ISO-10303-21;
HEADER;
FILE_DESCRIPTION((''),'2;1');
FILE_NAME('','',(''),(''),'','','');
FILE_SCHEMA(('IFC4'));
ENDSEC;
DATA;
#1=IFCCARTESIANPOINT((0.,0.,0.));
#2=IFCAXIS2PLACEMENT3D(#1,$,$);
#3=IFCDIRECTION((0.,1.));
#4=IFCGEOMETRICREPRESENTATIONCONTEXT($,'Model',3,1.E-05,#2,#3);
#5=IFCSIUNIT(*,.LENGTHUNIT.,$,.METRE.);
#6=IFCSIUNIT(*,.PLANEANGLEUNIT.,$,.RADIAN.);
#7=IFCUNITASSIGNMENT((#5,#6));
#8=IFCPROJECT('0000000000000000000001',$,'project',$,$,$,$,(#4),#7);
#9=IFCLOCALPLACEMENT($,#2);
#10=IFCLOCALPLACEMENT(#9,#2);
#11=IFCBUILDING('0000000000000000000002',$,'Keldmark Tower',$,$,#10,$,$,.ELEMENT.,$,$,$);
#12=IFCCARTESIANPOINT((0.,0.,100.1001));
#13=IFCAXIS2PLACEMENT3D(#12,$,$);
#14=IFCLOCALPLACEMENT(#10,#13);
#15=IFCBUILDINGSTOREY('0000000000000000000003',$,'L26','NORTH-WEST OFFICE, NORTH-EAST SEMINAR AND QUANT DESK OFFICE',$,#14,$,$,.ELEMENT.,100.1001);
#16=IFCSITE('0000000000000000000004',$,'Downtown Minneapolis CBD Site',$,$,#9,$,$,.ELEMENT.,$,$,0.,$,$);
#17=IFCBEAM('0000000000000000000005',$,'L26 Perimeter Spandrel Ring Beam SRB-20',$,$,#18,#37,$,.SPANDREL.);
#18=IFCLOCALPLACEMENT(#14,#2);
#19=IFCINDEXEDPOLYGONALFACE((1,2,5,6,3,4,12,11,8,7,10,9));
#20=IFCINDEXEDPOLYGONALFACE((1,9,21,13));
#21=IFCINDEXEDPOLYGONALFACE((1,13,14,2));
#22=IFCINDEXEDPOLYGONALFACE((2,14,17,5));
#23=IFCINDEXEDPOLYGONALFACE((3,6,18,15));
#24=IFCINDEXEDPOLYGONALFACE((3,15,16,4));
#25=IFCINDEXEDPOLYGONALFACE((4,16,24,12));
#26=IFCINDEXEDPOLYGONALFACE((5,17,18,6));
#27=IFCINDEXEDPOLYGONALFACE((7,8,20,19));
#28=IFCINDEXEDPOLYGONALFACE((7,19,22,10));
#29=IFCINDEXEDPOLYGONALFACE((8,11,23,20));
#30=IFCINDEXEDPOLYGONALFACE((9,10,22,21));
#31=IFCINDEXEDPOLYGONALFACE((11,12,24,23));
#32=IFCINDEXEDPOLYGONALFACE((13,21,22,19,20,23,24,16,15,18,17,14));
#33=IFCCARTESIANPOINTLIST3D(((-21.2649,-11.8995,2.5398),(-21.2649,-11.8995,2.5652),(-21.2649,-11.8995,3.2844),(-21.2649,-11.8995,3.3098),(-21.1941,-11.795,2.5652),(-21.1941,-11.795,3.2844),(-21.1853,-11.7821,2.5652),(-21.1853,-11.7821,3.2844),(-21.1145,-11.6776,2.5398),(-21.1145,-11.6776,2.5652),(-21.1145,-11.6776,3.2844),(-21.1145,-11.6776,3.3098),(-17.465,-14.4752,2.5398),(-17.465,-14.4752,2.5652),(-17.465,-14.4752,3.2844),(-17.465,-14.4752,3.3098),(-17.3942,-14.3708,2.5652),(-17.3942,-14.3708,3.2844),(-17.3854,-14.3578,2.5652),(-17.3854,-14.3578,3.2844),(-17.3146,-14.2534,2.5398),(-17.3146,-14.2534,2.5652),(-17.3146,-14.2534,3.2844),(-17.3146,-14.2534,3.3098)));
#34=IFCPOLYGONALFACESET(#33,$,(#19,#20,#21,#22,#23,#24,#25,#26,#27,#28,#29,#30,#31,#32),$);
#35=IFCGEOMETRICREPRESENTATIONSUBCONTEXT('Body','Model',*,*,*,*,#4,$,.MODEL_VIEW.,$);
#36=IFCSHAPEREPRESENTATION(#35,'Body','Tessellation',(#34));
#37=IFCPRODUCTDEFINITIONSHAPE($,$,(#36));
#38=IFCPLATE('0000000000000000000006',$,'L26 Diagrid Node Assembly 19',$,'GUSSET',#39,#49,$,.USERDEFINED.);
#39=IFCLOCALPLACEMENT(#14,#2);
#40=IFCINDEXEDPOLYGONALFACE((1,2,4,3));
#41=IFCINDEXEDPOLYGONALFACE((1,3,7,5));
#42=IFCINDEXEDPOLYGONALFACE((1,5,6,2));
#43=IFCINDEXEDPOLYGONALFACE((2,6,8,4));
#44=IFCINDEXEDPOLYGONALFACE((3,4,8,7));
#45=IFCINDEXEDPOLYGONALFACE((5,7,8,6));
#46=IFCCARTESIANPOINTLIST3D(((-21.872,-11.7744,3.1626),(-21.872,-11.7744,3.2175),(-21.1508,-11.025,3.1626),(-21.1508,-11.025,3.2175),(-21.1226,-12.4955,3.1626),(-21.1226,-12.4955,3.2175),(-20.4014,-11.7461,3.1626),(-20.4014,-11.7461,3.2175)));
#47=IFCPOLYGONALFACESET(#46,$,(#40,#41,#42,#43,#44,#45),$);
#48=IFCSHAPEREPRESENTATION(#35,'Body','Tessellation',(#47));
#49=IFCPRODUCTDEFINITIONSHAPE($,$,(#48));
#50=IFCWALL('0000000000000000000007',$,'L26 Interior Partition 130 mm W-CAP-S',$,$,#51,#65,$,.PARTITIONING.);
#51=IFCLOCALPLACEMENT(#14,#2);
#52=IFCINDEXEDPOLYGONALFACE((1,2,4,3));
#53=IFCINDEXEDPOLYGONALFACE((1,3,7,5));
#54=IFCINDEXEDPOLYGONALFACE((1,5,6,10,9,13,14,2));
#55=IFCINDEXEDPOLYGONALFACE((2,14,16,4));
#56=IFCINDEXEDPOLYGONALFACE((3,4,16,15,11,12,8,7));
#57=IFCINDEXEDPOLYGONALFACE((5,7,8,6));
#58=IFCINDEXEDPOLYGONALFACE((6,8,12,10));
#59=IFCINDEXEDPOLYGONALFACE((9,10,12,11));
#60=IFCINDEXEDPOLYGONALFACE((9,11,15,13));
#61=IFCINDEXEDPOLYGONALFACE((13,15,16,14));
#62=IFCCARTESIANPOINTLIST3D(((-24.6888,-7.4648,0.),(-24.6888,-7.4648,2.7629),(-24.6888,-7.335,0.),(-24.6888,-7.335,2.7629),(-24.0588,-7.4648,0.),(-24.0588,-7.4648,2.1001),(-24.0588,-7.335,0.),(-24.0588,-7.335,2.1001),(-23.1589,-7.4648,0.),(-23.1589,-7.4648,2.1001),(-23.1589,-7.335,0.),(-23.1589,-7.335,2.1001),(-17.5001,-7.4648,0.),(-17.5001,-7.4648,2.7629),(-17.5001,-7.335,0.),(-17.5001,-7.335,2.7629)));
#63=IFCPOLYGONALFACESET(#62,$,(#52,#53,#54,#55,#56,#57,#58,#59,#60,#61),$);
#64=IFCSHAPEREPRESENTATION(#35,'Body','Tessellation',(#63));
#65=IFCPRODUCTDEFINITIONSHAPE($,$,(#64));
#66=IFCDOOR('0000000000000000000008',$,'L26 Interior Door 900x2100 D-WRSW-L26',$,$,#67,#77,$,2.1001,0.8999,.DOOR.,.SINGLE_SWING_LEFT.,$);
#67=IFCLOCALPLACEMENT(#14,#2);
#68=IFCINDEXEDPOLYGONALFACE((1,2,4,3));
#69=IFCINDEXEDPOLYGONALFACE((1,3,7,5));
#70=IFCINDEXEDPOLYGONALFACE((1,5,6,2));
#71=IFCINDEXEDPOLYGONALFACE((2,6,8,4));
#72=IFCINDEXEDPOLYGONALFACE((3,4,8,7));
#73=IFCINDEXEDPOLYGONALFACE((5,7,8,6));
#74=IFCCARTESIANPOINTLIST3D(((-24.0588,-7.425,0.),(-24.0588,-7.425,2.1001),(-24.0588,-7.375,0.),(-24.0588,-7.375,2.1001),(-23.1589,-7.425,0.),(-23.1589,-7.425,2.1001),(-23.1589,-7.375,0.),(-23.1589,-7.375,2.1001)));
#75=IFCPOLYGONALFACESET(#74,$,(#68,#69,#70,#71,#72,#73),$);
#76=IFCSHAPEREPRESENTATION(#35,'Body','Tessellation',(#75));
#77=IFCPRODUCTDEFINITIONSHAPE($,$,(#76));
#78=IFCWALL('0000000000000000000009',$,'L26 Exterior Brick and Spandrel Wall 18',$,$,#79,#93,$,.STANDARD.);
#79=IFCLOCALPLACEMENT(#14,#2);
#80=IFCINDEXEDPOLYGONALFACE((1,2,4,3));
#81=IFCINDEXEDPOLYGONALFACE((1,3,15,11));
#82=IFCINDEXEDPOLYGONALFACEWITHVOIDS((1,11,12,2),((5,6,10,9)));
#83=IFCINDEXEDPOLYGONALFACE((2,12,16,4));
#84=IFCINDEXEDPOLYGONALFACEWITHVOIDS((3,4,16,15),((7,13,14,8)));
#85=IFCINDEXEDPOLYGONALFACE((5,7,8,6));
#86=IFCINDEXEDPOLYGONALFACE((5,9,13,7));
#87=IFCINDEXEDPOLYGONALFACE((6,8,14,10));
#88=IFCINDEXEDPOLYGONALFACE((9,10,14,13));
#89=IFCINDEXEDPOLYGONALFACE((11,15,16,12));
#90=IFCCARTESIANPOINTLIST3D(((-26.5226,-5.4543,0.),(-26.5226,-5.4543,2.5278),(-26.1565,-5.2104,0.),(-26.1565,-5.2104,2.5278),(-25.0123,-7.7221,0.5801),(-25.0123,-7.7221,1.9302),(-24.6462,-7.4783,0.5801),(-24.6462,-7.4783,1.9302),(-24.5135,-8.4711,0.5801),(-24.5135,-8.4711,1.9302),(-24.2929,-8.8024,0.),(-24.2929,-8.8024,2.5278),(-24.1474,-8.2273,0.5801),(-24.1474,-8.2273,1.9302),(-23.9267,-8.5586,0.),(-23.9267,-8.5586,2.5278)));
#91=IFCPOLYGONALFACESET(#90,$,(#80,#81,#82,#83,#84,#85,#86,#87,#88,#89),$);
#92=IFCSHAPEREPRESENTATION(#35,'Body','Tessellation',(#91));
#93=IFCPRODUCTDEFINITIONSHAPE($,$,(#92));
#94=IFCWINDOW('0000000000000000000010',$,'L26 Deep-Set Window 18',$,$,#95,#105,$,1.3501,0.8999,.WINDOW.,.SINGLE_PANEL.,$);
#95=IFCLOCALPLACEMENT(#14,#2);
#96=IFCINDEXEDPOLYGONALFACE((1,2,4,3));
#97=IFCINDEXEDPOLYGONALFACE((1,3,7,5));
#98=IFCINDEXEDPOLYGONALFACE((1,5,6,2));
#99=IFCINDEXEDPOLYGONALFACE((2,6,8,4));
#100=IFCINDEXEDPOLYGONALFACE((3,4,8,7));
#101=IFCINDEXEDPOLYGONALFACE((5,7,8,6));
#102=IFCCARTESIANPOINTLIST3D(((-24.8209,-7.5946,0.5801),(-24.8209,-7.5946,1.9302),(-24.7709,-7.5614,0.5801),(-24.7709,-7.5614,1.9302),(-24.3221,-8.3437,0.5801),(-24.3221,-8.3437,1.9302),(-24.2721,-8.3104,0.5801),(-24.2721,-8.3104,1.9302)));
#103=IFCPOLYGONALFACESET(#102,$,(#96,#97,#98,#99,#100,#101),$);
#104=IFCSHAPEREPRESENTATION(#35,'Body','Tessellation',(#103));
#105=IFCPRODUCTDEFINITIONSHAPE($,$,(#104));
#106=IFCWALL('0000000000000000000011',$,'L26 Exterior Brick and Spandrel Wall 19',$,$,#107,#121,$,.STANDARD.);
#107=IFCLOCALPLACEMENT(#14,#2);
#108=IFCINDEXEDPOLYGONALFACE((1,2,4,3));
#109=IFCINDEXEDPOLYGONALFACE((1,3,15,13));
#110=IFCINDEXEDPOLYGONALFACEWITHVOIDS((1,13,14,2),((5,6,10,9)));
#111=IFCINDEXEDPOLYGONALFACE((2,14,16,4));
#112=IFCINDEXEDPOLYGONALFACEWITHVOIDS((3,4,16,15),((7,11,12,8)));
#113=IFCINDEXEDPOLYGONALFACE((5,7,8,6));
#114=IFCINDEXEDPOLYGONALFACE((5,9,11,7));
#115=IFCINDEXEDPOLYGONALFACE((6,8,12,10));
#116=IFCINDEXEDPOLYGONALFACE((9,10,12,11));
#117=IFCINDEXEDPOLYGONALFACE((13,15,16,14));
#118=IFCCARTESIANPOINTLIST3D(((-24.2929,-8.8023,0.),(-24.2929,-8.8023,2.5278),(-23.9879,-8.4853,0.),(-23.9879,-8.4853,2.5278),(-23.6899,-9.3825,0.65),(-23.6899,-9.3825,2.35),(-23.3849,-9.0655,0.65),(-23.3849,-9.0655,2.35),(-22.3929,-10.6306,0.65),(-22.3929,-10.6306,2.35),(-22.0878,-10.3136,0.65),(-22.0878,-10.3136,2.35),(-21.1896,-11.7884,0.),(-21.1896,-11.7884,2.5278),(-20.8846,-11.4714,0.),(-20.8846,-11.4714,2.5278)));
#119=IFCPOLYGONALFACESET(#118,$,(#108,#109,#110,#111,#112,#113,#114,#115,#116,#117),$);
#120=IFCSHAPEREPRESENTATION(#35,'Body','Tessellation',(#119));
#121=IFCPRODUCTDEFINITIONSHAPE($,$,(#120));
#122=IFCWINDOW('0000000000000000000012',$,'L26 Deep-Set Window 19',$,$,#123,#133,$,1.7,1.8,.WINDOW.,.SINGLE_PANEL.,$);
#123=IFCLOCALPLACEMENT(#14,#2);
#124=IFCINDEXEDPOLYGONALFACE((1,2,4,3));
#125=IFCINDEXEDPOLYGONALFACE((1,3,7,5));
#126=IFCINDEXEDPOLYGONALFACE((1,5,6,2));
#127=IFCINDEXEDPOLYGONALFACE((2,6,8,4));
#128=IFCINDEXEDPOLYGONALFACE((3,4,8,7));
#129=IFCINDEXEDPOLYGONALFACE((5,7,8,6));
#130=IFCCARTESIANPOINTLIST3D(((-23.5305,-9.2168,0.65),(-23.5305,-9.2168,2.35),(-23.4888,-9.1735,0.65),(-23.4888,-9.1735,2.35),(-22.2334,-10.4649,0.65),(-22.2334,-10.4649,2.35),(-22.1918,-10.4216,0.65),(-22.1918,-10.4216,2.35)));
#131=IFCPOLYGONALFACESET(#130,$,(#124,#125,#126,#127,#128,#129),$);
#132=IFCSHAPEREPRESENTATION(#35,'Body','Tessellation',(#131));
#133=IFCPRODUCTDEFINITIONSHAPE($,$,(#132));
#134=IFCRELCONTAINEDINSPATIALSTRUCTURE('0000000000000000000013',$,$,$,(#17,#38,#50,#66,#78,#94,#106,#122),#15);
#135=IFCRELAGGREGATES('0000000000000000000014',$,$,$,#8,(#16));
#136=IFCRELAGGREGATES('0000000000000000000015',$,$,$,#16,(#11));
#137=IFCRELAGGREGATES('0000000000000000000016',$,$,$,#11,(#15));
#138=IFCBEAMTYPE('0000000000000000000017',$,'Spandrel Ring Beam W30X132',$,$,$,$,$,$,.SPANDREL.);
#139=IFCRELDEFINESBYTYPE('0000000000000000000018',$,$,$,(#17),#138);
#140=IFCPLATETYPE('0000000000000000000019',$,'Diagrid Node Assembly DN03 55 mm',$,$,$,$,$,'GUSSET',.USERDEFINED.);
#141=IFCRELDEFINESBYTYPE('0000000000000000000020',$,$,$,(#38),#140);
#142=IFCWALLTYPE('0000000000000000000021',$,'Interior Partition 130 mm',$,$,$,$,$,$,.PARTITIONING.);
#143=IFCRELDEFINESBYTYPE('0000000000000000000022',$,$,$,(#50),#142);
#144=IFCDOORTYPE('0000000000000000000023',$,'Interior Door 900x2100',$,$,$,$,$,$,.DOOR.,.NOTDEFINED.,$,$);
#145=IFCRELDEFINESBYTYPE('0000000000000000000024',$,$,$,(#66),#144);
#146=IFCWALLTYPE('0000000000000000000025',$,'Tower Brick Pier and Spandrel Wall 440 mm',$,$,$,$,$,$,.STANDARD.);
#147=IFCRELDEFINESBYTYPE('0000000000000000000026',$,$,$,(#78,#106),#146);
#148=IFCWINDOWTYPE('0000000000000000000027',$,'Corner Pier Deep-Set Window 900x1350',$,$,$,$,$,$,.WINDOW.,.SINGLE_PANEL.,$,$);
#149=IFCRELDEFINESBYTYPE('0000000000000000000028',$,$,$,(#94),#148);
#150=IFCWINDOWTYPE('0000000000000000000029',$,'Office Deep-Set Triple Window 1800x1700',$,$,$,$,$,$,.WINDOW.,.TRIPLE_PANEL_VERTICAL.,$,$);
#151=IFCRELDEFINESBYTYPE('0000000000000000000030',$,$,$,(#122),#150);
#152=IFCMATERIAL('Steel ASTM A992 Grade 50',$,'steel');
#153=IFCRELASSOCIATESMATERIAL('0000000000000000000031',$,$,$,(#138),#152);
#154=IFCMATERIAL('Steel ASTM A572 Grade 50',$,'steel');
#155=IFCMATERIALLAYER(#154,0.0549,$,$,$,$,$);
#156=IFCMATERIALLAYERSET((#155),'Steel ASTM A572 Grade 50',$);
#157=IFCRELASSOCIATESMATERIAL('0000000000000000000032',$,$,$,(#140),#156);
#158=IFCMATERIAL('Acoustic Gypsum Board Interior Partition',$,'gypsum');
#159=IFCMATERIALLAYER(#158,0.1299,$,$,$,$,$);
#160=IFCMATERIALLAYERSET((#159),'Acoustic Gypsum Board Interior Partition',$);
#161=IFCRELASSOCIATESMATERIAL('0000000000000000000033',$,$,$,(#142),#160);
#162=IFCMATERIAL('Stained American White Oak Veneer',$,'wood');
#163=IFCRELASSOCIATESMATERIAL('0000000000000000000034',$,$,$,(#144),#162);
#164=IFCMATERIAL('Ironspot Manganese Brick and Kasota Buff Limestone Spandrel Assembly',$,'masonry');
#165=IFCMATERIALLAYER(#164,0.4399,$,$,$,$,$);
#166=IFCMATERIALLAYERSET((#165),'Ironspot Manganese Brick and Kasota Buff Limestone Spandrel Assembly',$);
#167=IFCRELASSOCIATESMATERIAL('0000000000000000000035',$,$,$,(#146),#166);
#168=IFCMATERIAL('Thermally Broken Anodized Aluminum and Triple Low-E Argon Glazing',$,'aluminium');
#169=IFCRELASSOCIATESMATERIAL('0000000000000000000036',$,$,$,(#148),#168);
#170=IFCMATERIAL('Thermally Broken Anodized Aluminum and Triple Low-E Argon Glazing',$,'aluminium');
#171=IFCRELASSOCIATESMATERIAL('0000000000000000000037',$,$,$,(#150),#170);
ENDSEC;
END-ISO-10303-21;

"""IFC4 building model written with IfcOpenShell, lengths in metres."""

from ifc_helpers import new_model, si_unit, direction, frame, frame_2d, origin, origin_2d, place, context, subcontext, project, spatial, rectangle, i_section, extrude, material, layer, layer_set, material_profile, profile_set, type_object, element, fill, save


model = new_model("IFC4")

# Units and contexts
model_context = context("Model", 3, precision=1e-05, world=origin(), true_north=direction((0.0, 1.0)))
body_context = subcontext(model_context, "Body", "Model", "MODEL_VIEW")
ifc_project = project(units=[si_unit("LENGTHUNIT", "METRE"), si_unit("PLANEANGLEUNIT", "RADIAN")], contexts=[model_context])

# Site, building, storey
site_placement = place(None, origin())
site = spatial("IfcSite", under=ifc_project, at=site_placement, Name="Downtown Minneapolis CBD Site", CompositionType="ELEMENT", RefElevation=0.0)
building_placement = place(site_placement, origin())
building = spatial("IfcBuilding", under=site, at=building_placement, Name="Keldmark Tower", CompositionType="ELEMENT")
storey_placement = place(building_placement, frame((0.0, 0.0, 100.1001)))
storey = spatial("IfcBuildingStorey", under=building, at=storey_placement, Name="L26", Description="NORTH-WEST OFFICE, NORTH-EAST SEMINAR AND QUANT DESK OFFICE", CompositionType="ELEMENT", Elevation=100.1001)

# Beam
ifc_material_1 = material(Name="Steel ASTM A992 Grade 50", Category="steel")
ifc_material_profile_1 = material_profile(ifc_material_1, i_section(OverallWidth=0.2681, OverallDepth=0.77, WebThickness=0.0156, FlangeThickness=0.0254, at=origin_2d()), Name="W30X132")
ifc_profile_set_1 = profile_set([ifc_material_profile_1], Name="Steel ASTM A992 Grade 50")
beam_type_1 = type_object("IfcBeamType", Name="Spandrel Ring Beam W30X132", PredefinedType="SPANDREL", material=ifc_profile_set_1)
beam_1_placement = place(storey_placement, frame((-21.1897, -11.7886, 2.9248), z_axis=(0.827755, -0.56109, 0.0), x_axis=(0.56109, 0.827755, 0.0)))
element("IfcBeam", 1, at=beam_1_placement, inside=storey, type_object=beam_type_1, Name="L26 Perimeter Spandrel Ring Beam SRB-20", PredefinedType="SPANDREL", context=body_context, shape_type="SweptSolid", body=[
    extrude(i_section(OverallWidth=0.2681, OverallDepth=0.77, WebThickness=0.0156, FlangeThickness=0.0254, at=origin_2d()), origin(), (0.0, 0.0, 1.0), 4.5906),
])

# Plate
ifc_material_2 = material(Name="Steel ASTM A572 Grade 50", Category="steel")
ifc_layer_1 = layer(ifc_material_2, 0.0549)
ifc_layer_set_1 = layer_set([ifc_layer_1], Name="Steel ASTM A572 Grade 50")
plate_type = type_object("IfcPlateType", Name="Diagrid Node Assembly DN03 55 mm", ElementType="GUSSET", PredefinedType="USERDEFINED", material=ifc_layer_set_1)
plate_placement = place(storey_placement, frame((-21.1367, -11.7603, 3.1626), z_axis=(0.0, 0.0, 1.0), x_axis=(0.720551, -0.693402, 0.0)))
element("IfcPlate", 2, at=plate_placement, inside=storey, type_object=plate_type, Name="L26 Diagrid Node Assembly 19", ObjectType="GUSSET", PredefinedType="USERDEFINED", context=body_context, shape_type="SweptSolid", body=[
    extrude(rectangle(XDim=1.04, YDim=1.04, at=origin_2d()), origin(), (0.0, 0.0, 1.0), 0.0549),
])

# Wall, opening, door
ifc_material_3 = material(Name="Acoustic Gypsum Board Interior Partition", Category="gypsum")
ifc_layer_2 = layer(ifc_material_3, 0.1299)
ifc_layer_set_2 = layer_set([ifc_layer_2], Name="Acoustic Gypsum Board Interior Partition")
wall_type_1 = type_object("IfcWallType", Name="Interior Partition 130 mm", PredefinedType="PARTITIONING", material=ifc_layer_set_2)
wall_1_placement = place(storey_placement, frame((-24.6887, -7.3999, 0.0), z_axis=(0.0, 0.0, 1.0), x_axis=(1.0, 0.0, 0.0)))
wall_1 = element("IfcWall", 3, at=wall_1_placement, inside=storey, type_object=wall_type_1, Name="L26 Interior Partition 130 mm W-CAP-S", PredefinedType="PARTITIONING", context=body_context, shape_type="SweptSolid", body=[
    extrude(rectangle(XDim=7.1887, YDim=0.1299, at=frame_2d((3.5942, 0.0))), origin(), (0.0, 0.0, 1.0), 2.7629),
])
opening_1_placement = place(wall_1_placement, frame((0.6299, 0.0, 0.0)))
opening_1 = element("IfcOpeningElement", 4, at=opening_1_placement, cuts=wall_1, PredefinedType="OPENING", context=body_context, shape_type="SweptSolid", body=[
    extrude(rectangle(XDim=0.8999, YDim=2.1001, at=frame_2d((0.45, 1.05))), frame((0.0, 0.075, 0.0), z_axis=(0.0, -1.0, 0.0), x_axis=(1.0, 0.0, 0.0)), (0.0, 0.0, 1.0), 0.1499),
])
ifc_material_4 = material(Name="Stained American White Oak Veneer", Category="wood")
door_type = type_object("IfcDoorType", Name="Interior Door 900x2100", OperationType="NOTDEFINED", PredefinedType="DOOR", material=ifc_material_4)
door_placement = place(opening_1_placement, origin())
door = element("IfcDoor", 5, at=door_placement, inside=storey, type_object=door_type, Name="L26 Interior Door 900x2100 D-WRSW-L26", OperationType="SINGLE_SWING_LEFT", OverallHeight=2.1001, OverallWidth=0.8999, PredefinedType="DOOR", context=body_context, shape_type="SweptSolid", body=[
    extrude(rectangle(XDim=0.8999, YDim=2.1001, at=frame_2d((0.45, 1.05))), frame((0.0, 0.0249, 0.0), z_axis=(0.0, -1.0, 0.0), x_axis=(1.0, 0.0, 0.0)), (0.0, 0.0, 1.0), 0.05),
])
fill(opening_1, door)

# Walls, openings, windows
ifc_material_5 = material(Name="Ironspot Manganese Brick and Kasota Buff Limestone Spandrel Assembly", Category="masonry")
ifc_layer_3 = layer(ifc_material_5, 0.4399)
ifc_layer_set_3 = layer_set([ifc_layer_3], Name="Ironspot Manganese Brick and Kasota Buff Limestone Spandrel Assembly")
wall_type_2 = type_object("IfcWallType", Name="Tower Brick Pier and Spandrel Wall 440 mm", PredefinedType="STANDARD", material=ifc_layer_set_3)
wall_2_placement = place(storey_placement, frame((-24.1099, -8.6804, 0.0), z_axis=(0.0, 0.0, 1.0), x_axis=(-0.554294, 0.832321, 0.0)))
wall_2 = element("IfcWall", 6, at=wall_2_placement, inside=storey, type_object=wall_type_2, Name="L26 Exterior Brick and Spandrel Wall 18", PredefinedType="STANDARD", context=body_context, shape_type="SweptSolid", body=[
    extrude(rectangle(XDim=4.0227, YDim=0.4399, at=frame_2d((2.0112, 0.0))), origin(), (0.0, 0.0, 1.0), 2.5278),
])
opening_2_placement = place(wall_2_placement, frame((0.3979, 0.0, 0.5801)))
opening_2 = element("IfcOpeningElement", 7, at=opening_2_placement, cuts=wall_2, PredefinedType="OPENING", context=body_context, shape_type="SweptSolid", body=[
    extrude(rectangle(XDim=0.8999, YDim=1.3501, at=frame_2d((0.45, 0.675))), frame((0.0, 0.23, 0.0), z_axis=(0.0, -1.0, 0.0), x_axis=(1.0, 0.0, 0.0)), (0.0, 0.0, 1.0), 0.46),
])
ifc_material_6 = material(Name="Thermally Broken Anodized Aluminum and Triple Low-E Argon Glazing", Category="aluminium")
window_type_1 = type_object("IfcWindowType", Name="Corner Pier Deep-Set Window 900x1350", PartitioningType="SINGLE_PANEL", PredefinedType="WINDOW", material=ifc_material_6)
window_1_placement = place(opening_2_placement, origin())
window_1 = element("IfcWindow", 8, at=window_1_placement, inside=storey, type_object=window_type_1, Name="L26 Deep-Set Window 18", OverallHeight=1.3501, OverallWidth=0.8999, PartitioningType="SINGLE_PANEL", PredefinedType="WINDOW", context=body_context, shape_type="SweptSolid", body=[
    extrude(rectangle(XDim=0.8999, YDim=1.3501, at=frame_2d((0.45, 0.675))), frame((0.0, -0.01, 0.0), z_axis=(0.0, -1.0, 0.0), x_axis=(1.0, 0.0, 0.0)), (0.0, 0.0, 1.0), 0.0601),
])
fill(opening_2, window_1)
wall_3_placement = place(storey_placement, frame((-21.0371, -11.6299, 0.0), z_axis=(0.0, 0.0, 1.0), x_axis=(-0.720581, 0.69337, 0.0)))
wall_3 = element("IfcWall", 9, at=wall_3_placement, inside=storey, type_object=wall_type_2, Name="L26 Exterior Brick and Spandrel Wall 19", PredefinedType="STANDARD", context=body_context, shape_type="SweptSolid", body=[
    extrude(rectangle(XDim=4.3066, YDim=0.4399, at=frame_2d((2.1533, 0.0))), origin(), (0.0, 0.0, 1.0), 2.5278),
])
opening_3_placement = place(wall_3_placement, frame((1.6699, 0.0, 0.6499)))
opening_3 = element("IfcOpeningElement", 10, at=opening_3_placement, cuts=wall_3, PredefinedType="OPENING", context=body_context, shape_type="SweptSolid", body=[
    extrude(rectangle(XDim=1.8, YDim=1.7, at=frame_2d((0.8999, 0.8501))), frame((0.0, 0.23, 0.0), z_axis=(0.0, -1.0, 0.0), x_axis=(1.0, 0.0, 0.0)), (0.0, 0.0, 1.0), 0.46),
])
ifc_material_7 = material(Name="Thermally Broken Anodized Aluminum and Triple Low-E Argon Glazing", Category="aluminium")
window_type_2 = type_object("IfcWindowType", Name="Office Deep-Set Triple Window 1800x1700", PartitioningType="TRIPLE_PANEL_VERTICAL", PredefinedType="WINDOW", material=ifc_material_7)
window_2_placement = place(opening_3_placement, origin())
window_2 = element("IfcWindow", 11, at=window_2_placement, inside=storey, type_object=window_type_2, Name="L26 Deep-Set Window 19", OverallHeight=1.7, OverallWidth=1.8, PartitioningType="SINGLE_PANEL", PredefinedType="WINDOW", context=body_context, shape_type="SweptSolid", body=[
    extrude(rectangle(XDim=1.8, YDim=1.7, at=frame_2d((0.8999, 0.8501))), frame((0.0, -0.01, 0.0), z_axis=(0.0, -1.0, 0.0), x_axis=(1.0, 0.0, 0.0)), (0.0, 0.0, 1.0), 0.0601),
])
fill(opening_3, window_2)

save(model, "model.ifc")
